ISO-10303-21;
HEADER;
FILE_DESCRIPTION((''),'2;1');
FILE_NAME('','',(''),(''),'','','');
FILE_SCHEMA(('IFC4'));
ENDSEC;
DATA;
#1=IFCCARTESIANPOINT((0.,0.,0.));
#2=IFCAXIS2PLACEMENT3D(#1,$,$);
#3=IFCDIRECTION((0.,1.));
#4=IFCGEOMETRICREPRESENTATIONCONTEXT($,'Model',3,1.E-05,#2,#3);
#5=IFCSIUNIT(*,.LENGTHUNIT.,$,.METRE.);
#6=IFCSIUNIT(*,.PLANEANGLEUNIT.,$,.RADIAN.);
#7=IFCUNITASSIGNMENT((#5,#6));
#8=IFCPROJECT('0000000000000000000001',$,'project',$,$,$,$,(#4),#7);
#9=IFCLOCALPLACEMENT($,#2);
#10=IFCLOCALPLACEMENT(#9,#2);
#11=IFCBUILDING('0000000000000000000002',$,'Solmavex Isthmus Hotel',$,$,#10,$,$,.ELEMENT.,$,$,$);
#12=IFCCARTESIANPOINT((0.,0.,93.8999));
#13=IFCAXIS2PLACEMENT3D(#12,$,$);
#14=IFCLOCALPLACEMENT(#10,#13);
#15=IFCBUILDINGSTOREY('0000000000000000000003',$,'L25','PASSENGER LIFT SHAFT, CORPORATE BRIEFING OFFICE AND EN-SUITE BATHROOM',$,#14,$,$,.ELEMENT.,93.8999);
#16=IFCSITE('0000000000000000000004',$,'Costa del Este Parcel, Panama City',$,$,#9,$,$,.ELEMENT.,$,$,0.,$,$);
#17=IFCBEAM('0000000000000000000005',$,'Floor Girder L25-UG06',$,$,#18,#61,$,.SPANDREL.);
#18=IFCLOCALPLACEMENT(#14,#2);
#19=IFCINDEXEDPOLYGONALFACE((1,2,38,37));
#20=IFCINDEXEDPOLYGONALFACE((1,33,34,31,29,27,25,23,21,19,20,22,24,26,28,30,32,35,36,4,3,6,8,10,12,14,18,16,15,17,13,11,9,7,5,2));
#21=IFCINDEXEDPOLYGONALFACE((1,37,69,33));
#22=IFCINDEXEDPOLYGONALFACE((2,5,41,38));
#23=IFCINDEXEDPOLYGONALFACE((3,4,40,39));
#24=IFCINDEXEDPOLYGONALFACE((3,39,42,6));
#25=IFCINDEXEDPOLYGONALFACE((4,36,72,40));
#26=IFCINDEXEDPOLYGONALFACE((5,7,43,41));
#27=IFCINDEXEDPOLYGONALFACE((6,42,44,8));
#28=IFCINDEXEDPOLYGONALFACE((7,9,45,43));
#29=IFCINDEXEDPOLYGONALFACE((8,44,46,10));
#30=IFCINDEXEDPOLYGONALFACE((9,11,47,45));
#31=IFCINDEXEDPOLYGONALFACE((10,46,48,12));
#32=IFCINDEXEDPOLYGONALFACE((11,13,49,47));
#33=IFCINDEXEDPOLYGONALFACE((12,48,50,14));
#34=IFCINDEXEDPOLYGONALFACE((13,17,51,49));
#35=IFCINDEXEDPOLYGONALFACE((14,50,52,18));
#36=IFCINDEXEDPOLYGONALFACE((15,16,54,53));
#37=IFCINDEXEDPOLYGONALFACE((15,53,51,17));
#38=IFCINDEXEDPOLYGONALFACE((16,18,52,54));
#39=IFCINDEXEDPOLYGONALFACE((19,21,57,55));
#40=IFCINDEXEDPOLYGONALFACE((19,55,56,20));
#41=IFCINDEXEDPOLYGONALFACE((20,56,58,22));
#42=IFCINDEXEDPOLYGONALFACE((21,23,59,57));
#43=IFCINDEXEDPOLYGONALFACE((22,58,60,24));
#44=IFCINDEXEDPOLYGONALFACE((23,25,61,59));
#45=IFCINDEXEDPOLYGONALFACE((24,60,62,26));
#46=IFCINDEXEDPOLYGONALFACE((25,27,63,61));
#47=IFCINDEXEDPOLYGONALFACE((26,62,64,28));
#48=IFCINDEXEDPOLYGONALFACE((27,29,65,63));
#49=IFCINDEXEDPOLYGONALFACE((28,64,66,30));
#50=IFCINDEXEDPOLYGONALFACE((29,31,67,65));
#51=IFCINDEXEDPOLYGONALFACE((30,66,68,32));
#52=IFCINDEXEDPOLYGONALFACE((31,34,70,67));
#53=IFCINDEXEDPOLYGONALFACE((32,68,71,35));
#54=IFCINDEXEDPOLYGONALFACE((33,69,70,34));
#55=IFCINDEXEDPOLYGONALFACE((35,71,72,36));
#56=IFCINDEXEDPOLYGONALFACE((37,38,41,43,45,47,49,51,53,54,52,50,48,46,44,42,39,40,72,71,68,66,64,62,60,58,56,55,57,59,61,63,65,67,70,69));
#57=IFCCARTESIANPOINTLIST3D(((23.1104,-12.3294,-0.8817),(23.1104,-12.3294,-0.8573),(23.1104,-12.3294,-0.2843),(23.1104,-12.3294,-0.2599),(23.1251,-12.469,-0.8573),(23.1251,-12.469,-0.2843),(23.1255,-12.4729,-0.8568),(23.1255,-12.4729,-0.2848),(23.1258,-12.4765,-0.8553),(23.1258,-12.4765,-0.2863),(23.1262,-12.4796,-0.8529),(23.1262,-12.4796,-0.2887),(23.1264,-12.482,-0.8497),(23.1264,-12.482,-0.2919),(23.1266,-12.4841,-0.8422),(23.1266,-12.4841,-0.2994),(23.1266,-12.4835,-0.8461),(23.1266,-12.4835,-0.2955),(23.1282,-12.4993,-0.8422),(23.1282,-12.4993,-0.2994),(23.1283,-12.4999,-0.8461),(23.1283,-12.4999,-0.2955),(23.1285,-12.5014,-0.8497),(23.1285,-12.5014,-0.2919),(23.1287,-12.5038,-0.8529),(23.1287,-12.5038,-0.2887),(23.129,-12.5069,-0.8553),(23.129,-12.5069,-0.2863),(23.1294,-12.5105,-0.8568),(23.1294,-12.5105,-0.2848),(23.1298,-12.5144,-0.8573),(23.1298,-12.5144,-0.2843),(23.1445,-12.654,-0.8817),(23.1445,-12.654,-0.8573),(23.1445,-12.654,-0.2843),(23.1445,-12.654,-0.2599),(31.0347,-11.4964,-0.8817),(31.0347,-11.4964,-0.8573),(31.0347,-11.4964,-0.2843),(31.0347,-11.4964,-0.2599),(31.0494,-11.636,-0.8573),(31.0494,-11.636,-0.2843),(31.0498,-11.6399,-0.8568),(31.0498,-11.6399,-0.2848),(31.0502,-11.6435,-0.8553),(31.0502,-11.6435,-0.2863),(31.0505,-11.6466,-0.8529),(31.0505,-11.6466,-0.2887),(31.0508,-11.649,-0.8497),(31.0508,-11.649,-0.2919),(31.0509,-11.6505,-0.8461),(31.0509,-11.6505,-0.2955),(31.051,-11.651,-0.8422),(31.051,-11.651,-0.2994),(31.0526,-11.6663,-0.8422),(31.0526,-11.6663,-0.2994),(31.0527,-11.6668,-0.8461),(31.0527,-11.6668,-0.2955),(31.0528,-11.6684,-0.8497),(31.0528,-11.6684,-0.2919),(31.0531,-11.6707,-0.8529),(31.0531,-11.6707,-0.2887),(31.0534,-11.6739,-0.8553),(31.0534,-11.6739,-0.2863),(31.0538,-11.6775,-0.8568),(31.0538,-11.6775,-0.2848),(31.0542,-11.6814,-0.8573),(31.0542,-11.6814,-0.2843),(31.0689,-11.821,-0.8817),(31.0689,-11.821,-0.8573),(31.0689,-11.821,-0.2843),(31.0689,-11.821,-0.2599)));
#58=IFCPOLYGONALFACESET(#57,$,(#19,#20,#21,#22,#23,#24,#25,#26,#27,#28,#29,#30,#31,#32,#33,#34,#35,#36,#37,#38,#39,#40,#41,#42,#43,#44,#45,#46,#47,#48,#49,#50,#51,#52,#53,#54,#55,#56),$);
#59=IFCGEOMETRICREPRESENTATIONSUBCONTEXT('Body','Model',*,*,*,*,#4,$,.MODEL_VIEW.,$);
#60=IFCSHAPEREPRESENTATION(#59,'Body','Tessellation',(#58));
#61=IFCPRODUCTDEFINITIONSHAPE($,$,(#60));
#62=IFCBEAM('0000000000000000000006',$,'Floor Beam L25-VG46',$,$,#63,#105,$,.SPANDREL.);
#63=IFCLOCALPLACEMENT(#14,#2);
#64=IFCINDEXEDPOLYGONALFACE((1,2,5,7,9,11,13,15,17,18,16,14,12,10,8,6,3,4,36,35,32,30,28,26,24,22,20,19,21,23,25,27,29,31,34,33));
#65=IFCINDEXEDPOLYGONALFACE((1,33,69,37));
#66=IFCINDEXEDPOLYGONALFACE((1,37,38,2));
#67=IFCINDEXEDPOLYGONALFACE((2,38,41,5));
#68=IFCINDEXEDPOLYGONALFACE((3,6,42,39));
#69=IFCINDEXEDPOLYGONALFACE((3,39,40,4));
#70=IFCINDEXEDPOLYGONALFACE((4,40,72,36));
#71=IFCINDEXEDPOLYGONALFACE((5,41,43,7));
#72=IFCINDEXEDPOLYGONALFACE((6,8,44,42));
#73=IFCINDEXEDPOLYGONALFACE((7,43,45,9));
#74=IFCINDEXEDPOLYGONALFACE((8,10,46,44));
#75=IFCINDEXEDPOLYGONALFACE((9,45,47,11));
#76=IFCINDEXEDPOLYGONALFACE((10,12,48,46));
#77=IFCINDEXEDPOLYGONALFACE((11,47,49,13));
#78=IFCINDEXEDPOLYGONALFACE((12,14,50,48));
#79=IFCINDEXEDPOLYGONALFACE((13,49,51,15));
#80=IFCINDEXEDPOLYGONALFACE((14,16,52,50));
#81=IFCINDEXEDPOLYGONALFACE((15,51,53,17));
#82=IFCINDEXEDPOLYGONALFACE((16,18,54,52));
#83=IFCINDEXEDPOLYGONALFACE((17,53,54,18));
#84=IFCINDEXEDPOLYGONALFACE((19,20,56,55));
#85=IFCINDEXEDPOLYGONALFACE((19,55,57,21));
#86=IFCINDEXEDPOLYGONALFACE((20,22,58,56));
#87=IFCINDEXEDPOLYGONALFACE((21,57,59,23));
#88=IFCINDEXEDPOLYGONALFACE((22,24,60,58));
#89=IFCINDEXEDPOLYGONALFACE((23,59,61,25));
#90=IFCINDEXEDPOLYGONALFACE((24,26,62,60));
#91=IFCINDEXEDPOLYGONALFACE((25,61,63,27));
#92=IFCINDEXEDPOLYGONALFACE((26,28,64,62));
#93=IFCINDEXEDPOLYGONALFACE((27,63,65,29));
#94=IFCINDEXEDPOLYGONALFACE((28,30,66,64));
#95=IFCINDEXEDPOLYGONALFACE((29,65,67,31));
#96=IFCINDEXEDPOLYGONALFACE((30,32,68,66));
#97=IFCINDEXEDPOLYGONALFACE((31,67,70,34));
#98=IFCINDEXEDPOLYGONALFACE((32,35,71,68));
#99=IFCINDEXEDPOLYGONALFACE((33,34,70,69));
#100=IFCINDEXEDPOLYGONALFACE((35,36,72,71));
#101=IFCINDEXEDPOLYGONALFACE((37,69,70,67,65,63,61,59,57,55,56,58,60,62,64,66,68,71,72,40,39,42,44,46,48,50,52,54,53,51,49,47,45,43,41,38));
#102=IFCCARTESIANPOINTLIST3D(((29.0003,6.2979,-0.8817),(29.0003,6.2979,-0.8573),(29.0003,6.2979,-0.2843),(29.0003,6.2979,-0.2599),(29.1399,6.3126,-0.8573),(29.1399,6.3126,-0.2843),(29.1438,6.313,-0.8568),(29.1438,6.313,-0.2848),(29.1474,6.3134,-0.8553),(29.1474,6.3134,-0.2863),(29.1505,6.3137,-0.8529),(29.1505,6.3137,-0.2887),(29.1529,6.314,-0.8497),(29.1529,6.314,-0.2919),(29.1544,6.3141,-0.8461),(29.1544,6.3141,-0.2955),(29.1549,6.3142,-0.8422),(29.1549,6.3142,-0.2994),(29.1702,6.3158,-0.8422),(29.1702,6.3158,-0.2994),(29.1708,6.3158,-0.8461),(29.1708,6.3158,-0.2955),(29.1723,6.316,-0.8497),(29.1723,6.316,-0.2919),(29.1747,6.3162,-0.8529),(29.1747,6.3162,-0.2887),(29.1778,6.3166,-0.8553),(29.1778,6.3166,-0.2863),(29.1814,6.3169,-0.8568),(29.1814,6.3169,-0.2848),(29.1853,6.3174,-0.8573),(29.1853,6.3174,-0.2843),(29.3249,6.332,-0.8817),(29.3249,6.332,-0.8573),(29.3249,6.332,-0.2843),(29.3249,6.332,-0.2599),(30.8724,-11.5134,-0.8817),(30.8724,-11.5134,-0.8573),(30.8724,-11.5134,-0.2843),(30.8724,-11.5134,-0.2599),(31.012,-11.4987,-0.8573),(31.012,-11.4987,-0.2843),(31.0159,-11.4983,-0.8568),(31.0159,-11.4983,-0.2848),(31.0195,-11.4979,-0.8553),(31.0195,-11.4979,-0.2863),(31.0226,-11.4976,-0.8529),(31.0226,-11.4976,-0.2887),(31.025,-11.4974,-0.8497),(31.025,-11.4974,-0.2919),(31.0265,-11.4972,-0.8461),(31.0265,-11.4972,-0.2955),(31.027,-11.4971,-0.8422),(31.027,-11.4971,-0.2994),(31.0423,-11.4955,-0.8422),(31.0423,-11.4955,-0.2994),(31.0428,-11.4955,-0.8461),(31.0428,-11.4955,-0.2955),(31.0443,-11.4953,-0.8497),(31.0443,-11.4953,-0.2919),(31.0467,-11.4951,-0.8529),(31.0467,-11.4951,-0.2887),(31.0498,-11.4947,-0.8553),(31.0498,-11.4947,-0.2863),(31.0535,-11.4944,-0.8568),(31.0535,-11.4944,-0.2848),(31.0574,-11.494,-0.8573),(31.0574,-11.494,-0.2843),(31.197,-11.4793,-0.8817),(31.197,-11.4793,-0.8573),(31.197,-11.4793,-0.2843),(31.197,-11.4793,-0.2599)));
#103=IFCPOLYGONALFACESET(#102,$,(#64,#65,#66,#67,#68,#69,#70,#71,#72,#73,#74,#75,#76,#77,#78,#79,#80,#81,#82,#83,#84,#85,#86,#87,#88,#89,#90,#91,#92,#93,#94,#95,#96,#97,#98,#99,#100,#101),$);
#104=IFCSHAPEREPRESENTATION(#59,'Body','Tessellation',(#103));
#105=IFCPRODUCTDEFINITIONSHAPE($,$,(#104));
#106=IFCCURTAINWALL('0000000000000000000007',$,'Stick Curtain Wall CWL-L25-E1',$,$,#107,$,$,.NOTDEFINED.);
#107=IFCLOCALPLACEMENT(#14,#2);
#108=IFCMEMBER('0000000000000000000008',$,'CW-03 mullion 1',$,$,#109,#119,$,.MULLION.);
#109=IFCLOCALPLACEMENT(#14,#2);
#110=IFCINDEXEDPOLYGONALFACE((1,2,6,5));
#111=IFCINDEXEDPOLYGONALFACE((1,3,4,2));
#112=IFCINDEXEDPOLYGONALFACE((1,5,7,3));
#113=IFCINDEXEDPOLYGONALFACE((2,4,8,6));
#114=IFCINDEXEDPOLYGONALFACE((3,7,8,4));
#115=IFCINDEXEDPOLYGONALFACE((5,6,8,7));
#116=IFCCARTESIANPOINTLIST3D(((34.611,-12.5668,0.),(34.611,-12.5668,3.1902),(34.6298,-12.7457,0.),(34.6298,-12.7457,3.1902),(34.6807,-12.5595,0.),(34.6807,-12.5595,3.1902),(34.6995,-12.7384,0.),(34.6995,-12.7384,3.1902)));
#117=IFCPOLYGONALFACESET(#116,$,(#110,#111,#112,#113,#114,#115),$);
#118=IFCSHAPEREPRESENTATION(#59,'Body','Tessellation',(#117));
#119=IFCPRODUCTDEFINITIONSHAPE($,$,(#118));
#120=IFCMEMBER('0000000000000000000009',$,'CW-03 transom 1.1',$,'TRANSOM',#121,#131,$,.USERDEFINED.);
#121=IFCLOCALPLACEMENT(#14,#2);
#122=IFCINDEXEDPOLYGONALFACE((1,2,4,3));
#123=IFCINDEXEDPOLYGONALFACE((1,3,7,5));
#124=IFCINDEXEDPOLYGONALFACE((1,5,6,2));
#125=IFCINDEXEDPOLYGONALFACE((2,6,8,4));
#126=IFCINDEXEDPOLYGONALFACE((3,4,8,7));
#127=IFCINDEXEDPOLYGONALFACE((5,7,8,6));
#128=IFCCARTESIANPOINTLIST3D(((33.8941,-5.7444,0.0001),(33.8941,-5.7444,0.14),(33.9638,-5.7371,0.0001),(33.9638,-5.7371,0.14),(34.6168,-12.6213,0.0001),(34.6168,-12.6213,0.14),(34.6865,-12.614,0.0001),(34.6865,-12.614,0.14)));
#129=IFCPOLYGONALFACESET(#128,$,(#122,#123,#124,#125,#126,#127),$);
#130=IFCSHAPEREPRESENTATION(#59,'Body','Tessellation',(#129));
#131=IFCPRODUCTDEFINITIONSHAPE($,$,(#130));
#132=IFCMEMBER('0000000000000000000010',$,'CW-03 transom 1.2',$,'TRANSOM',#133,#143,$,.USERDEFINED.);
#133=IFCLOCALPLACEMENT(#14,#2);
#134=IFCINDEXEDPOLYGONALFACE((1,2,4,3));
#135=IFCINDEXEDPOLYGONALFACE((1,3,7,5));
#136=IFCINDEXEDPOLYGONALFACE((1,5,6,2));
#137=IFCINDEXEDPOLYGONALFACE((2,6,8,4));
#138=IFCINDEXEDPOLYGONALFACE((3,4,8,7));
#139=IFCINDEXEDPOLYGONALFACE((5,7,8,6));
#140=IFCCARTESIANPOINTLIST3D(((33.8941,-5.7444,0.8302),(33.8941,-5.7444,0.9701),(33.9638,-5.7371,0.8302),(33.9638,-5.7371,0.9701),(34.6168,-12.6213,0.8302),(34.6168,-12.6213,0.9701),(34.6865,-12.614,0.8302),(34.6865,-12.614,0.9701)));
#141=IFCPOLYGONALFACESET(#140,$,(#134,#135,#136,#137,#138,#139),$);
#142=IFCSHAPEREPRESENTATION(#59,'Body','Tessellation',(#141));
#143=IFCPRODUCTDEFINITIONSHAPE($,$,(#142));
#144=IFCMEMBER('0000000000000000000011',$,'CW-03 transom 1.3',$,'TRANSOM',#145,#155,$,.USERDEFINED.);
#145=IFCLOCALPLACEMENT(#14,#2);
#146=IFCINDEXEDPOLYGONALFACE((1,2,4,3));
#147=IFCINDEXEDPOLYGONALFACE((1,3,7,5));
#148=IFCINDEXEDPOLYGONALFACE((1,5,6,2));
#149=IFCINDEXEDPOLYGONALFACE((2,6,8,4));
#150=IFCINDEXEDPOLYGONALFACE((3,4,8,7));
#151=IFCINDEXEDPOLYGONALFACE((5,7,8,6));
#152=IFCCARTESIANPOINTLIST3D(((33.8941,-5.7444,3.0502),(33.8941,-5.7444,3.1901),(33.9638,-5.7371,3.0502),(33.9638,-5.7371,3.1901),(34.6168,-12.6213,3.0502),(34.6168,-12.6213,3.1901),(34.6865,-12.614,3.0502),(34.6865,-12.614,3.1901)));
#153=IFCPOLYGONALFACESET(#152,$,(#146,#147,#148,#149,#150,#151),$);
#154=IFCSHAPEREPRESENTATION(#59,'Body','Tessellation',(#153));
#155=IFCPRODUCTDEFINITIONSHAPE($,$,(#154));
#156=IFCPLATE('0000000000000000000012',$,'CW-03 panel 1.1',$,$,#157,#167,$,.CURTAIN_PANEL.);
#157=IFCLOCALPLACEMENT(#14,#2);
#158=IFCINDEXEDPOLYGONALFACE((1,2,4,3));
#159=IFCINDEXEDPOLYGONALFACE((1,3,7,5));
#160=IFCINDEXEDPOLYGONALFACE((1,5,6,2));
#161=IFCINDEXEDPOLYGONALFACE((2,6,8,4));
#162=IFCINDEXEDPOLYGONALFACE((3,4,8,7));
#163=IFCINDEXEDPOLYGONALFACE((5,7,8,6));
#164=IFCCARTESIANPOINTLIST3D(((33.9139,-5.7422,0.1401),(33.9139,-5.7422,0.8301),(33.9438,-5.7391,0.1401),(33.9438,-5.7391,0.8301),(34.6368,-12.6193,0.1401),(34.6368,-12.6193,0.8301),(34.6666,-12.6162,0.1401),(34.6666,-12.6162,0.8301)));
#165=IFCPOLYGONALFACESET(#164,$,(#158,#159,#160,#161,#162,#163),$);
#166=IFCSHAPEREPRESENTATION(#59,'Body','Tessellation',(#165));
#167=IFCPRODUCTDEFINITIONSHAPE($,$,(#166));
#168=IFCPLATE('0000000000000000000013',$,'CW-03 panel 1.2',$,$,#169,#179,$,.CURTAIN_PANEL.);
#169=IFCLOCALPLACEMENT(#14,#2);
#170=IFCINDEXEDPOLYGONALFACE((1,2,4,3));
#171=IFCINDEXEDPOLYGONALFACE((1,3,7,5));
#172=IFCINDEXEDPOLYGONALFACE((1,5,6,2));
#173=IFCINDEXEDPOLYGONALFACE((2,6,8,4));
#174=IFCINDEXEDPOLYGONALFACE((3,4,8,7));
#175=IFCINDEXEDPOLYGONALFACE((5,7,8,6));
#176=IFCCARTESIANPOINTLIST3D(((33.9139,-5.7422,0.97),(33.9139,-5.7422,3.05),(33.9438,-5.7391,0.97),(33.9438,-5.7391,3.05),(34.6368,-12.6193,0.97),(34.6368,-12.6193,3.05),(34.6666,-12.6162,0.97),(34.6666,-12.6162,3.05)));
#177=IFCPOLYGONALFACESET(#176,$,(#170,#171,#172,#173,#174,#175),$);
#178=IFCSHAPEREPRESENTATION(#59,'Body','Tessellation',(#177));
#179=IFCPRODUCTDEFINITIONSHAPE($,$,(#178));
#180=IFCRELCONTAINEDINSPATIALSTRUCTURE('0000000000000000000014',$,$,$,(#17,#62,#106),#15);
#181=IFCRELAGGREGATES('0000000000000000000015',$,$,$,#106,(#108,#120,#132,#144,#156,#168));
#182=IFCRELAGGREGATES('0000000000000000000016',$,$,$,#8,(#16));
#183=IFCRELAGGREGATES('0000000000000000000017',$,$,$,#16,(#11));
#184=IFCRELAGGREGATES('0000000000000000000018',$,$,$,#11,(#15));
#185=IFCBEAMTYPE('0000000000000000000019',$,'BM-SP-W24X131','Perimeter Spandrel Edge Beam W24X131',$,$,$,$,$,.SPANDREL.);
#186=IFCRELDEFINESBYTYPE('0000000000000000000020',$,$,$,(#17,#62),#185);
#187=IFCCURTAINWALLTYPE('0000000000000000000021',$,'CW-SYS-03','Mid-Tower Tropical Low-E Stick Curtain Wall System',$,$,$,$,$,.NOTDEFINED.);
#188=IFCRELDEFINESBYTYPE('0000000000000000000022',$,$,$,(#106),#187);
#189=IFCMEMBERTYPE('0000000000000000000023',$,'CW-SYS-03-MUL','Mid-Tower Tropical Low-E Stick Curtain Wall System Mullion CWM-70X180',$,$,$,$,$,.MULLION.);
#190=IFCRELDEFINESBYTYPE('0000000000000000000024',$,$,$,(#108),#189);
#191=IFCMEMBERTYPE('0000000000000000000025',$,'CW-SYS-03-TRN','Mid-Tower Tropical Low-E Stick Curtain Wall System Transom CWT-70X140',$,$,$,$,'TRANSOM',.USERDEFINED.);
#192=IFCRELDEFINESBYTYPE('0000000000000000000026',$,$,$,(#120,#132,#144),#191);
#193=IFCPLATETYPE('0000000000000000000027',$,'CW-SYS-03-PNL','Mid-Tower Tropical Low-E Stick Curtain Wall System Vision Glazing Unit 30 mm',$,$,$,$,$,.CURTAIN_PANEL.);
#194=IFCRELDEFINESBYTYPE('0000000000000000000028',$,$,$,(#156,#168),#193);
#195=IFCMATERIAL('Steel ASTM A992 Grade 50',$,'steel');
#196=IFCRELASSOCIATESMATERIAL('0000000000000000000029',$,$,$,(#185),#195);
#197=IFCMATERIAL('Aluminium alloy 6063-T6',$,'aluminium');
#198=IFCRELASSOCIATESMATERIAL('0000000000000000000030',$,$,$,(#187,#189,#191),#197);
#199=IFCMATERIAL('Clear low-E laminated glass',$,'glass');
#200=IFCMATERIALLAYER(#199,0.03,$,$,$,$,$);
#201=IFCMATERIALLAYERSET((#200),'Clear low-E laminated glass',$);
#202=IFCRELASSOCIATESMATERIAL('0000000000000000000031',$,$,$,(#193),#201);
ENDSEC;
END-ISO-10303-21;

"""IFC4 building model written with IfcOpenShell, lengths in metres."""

from ifc_helpers import new_model, si_unit, direction, frame, origin, origin_2d, place, context, subcontext, project, spatial, rectangle, i_section, extrude, material, layer, layer_set, material_profile, profile_set, type_object, element, aggregate, save


model = new_model("IFC4")

# Units and contexts
model_context = context("Model", 3, precision=1e-05, world=origin(), true_north=direction((0.0, 1.0)))
body_context = subcontext(model_context, "Body", "Model", "MODEL_VIEW")
ifc_project = project(units=[si_unit("LENGTHUNIT", "METRE"), si_unit("PLANEANGLEUNIT", "RADIAN")], contexts=[model_context])

# Site, building, storey
site_placement = place(None, origin())
site = spatial("IfcSite", under=ifc_project, at=site_placement, Name="Costa del Este Parcel, Panama City", CompositionType="ELEMENT", RefElevation=0.0)
building_placement = place(site_placement, origin())
building = spatial("IfcBuilding", under=site, at=building_placement, Name="Solmavex Isthmus Hotel", CompositionType="ELEMENT")
storey_placement = place(building_placement, frame((0.0, 0.0, 93.8999)))
storey = spatial("IfcBuildingStorey", under=building, at=storey_placement, Name="L25", Description="PASSENGER LIFT SHAFT, CORPORATE BRIEFING OFFICE AND EN-SUITE BATHROOM", CompositionType="ELEMENT", Elevation=93.8999)

# Beams
ifc_material_1 = material(Name="Steel ASTM A992 Grade 50", Category="steel")
ifc_material_profile_1 = material_profile(ifc_material_1, i_section(OverallWidth=0.3264, OverallDepth=0.6218, WebThickness=0.0154, FlangeThickness=0.0244, FilletRadius=0.0151, at=origin_2d()), Name="W24X131")
ifc_profile_set_1 = profile_set([ifc_material_profile_1], Name="Steel ASTM A992 Grade 50")
beam_type_1 = type_object("IfcBeamType", Name="BM-SP-W24X131", Description="Perimeter Spandrel Edge Beam W24X131", PredefinedType="SPANDREL", material=ifc_profile_set_1)
beam_1_placement = place(storey_placement, frame((23.1274, -12.4917, -0.5708), z_axis=(0.99452, 0.104544, 0.0), x_axis=(-0.104544, 0.99452, 0.0)))
element("IfcBeam", 1, at=beam_1_placement, inside=storey, type_object=beam_type_1, Name="Floor Girder L25-UG06", PredefinedType="SPANDREL", context=body_context, shape_type="SweptSolid", body=[
    extrude(i_section(OverallWidth=0.3264, OverallDepth=0.6218, WebThickness=0.0154, FlangeThickness=0.0244, FilletRadius=0.0151, at=origin_2d()), origin(), (0.0, 0.0, 1.0), 7.968),
])
beam_2_placement = place(storey_placement, frame((31.0347, -11.4963, -0.5708), z_axis=(-0.10453, 0.994522, 0.0), x_axis=(-0.994522, -0.10453, 0.0)))
element("IfcBeam", 2, at=beam_2_placement, inside=storey, type_object=beam_type_1, Name="Floor Beam L25-VG46", PredefinedType="SPANDREL", context=body_context, shape_type="SweptSolid", body=[
    extrude(i_section(OverallWidth=0.3264, OverallDepth=0.6218, WebThickness=0.0154, FlangeThickness=0.0244, FilletRadius=0.0151, at=origin_2d()), origin(), (0.0, 0.0, 1.0), 17.9094),
])

# Curtain wall, members, plates
ifc_material_2 = material(Name="Aluminium alloy 6063-T6", Category="aluminium")
curtain_wall_type = type_object("IfcCurtainWallType", Name="CW-SYS-03", Description="Mid-Tower Tropical Low-E Stick Curtain Wall System", PredefinedType="NOTDEFINED", material=ifc_material_2)
curtain_wall_placement = place(storey_placement, origin())
curtain_wall = element("IfcCurtainWall", 3, at=curtain_wall_placement, inside=storey, type_object=curtain_wall_type, Name="Stick Curtain Wall CWL-L25-E1", PredefinedType="NOTDEFINED")
ifc_material_profile_2 = material_profile(ifc_material_2, rectangle(XDim=0.0701, YDim=0.1799, at=origin_2d()), Name="CWM-70X180")
ifc_profile_set_2 = profile_set([ifc_material_profile_2], Name="Aluminium alloy 6063-T6")
member_type_1 = type_object("IfcMemberType", Name="CW-SYS-03-MUL", Description="Mid-Tower Tropical Low-E Stick Curtain Wall System Mullion CWM-70X180", PredefinedType="MULLION", material=ifc_profile_set_2)
member_1_placement = place(storey_placement, frame((34.6553, -12.6526, 0.0), z_axis=(0.0, 0.0, 1.0), x_axis=(-0.994522, -0.104528, 0.0)))
member_1 = element("IfcMember", 4, at=member_1_placement, type_object=member_type_1, Name="CW-03 mullion 1", PredefinedType="MULLION", context=body_context, shape_type="SweptSolid", body=[
    extrude(rectangle(XDim=0.0701, YDim=0.1799, at=origin_2d()), origin(), (0.0, 0.0, 1.0), 3.1902),
])
ifc_material_profile_3 = material_profile(ifc_material_2, rectangle(XDim=0.0701, YDim=0.1399, at=origin_2d()), Name="CWT-70X140")
ifc_profile_set_3 = profile_set([ifc_material_profile_3], Name="Aluminium alloy 6063-T6")
member_type_2 = type_object("IfcMemberType", Name="CW-SYS-03-TRN", Description="Mid-Tower Tropical Low-E Stick Curtain Wall System Transom CWT-70X140", ElementType="TRANSOM", PredefinedType="USERDEFINED", material=ifc_profile_set_3)
member_2_placement = place(storey_placement, frame((34.6516, -12.6177, 0.0701), z_axis=(-0.104508, 0.994524, 0.0), x_axis=(-0.994524, -0.104508, 0.0)))
member_2 = element("IfcMember", 5, at=member_2_placement, type_object=member_type_2, Name="CW-03 transom 1.1", ObjectType="TRANSOM", PredefinedType="USERDEFINED", context=body_context, shape_type="SweptSolid", body=[
    extrude(rectangle(XDim=0.0701, YDim=0.1399, at=origin_2d()), origin(), (0.0, 0.0, 1.0), 6.9148),
])
member_3_placement = place(storey_placement, frame((34.6516, -12.6177, 0.9001), z_axis=(-0.104508, 0.994524, 0.0), x_axis=(-0.994524, -0.104508, 0.0)))
member_3 = element("IfcMember", 6, at=member_3_placement, type_object=member_type_2, Name="CW-03 transom 1.2", ObjectType="TRANSOM", PredefinedType="USERDEFINED", context=body_context, shape_type="SweptSolid", body=[
    extrude(rectangle(XDim=0.0701, YDim=0.1399, at=origin_2d()), origin(), (0.0, 0.0, 1.0), 6.9148),
])
member_4_placement = place(storey_placement, frame((34.6516, -12.6177, 3.1201), z_axis=(-0.104508, 0.994524, 0.0), x_axis=(-0.994524, -0.104508, 0.0)))
member_4 = element("IfcMember", 7, at=member_4_placement, type_object=member_type_2, Name="CW-03 transom 1.3", ObjectType="TRANSOM", PredefinedType="USERDEFINED", context=body_context, shape_type="SweptSolid", body=[
    extrude(rectangle(XDim=0.0701, YDim=0.1399, at=origin_2d()), origin(), (0.0, 0.0, 1.0), 6.9148),
])
ifc_material_3 = material(Name="Clear low-E laminated glass", Category="glass")
ifc_layer_1 = layer(ifc_material_3, 0.03)
ifc_layer_set_1 = layer_set([ifc_layer_1], Name="Clear low-E laminated glass")
plate_type = type_object("IfcPlateType", Name="CW-SYS-03-PNL", Description="Mid-Tower Tropical Low-E Stick Curtain Wall System Vision Glazing Unit 30 mm", PredefinedType="CURTAIN_PANEL", material=ifc_layer_set_1)
plate_1_placement = place(storey_placement, frame((34.2903, -9.1792, 0.1401), z_axis=(0.0, 0.0, 1.0), x_axis=(-0.104528, 0.994522, 0.0)))
plate_1 = element("IfcPlate", 8, at=plate_1_placement, type_object=plate_type, Name="CW-03 panel 1.1", PredefinedType="CURTAIN_PANEL", context=body_context, shape_type="SweptSolid", body=[
    extrude(rectangle(XDim=6.915, YDim=0.03, at=origin_2d()), origin(), (0.0, 0.0, 1.0), 0.6899),
])
plate_2_placement = place(storey_placement, frame((34.2903, -9.1792, 0.97), z_axis=(0.0, 0.0, 1.0), x_axis=(-0.104528, 0.994522, 0.0)))
plate_2 = element("IfcPlate", 9, at=plate_2_placement, type_object=plate_type, Name="CW-03 panel 1.2", PredefinedType="CURTAIN_PANEL", context=body_context, shape_type="SweptSolid", body=[
    extrude(rectangle(XDim=6.915, YDim=0.03, at=origin_2d()), origin(), (0.0, 0.0, 1.0), 2.0801),
])
aggregate(curtain_wall, [member_1, member_2, member_3, member_4, plate_1, plate_2])

save(model, "model.ifc")
